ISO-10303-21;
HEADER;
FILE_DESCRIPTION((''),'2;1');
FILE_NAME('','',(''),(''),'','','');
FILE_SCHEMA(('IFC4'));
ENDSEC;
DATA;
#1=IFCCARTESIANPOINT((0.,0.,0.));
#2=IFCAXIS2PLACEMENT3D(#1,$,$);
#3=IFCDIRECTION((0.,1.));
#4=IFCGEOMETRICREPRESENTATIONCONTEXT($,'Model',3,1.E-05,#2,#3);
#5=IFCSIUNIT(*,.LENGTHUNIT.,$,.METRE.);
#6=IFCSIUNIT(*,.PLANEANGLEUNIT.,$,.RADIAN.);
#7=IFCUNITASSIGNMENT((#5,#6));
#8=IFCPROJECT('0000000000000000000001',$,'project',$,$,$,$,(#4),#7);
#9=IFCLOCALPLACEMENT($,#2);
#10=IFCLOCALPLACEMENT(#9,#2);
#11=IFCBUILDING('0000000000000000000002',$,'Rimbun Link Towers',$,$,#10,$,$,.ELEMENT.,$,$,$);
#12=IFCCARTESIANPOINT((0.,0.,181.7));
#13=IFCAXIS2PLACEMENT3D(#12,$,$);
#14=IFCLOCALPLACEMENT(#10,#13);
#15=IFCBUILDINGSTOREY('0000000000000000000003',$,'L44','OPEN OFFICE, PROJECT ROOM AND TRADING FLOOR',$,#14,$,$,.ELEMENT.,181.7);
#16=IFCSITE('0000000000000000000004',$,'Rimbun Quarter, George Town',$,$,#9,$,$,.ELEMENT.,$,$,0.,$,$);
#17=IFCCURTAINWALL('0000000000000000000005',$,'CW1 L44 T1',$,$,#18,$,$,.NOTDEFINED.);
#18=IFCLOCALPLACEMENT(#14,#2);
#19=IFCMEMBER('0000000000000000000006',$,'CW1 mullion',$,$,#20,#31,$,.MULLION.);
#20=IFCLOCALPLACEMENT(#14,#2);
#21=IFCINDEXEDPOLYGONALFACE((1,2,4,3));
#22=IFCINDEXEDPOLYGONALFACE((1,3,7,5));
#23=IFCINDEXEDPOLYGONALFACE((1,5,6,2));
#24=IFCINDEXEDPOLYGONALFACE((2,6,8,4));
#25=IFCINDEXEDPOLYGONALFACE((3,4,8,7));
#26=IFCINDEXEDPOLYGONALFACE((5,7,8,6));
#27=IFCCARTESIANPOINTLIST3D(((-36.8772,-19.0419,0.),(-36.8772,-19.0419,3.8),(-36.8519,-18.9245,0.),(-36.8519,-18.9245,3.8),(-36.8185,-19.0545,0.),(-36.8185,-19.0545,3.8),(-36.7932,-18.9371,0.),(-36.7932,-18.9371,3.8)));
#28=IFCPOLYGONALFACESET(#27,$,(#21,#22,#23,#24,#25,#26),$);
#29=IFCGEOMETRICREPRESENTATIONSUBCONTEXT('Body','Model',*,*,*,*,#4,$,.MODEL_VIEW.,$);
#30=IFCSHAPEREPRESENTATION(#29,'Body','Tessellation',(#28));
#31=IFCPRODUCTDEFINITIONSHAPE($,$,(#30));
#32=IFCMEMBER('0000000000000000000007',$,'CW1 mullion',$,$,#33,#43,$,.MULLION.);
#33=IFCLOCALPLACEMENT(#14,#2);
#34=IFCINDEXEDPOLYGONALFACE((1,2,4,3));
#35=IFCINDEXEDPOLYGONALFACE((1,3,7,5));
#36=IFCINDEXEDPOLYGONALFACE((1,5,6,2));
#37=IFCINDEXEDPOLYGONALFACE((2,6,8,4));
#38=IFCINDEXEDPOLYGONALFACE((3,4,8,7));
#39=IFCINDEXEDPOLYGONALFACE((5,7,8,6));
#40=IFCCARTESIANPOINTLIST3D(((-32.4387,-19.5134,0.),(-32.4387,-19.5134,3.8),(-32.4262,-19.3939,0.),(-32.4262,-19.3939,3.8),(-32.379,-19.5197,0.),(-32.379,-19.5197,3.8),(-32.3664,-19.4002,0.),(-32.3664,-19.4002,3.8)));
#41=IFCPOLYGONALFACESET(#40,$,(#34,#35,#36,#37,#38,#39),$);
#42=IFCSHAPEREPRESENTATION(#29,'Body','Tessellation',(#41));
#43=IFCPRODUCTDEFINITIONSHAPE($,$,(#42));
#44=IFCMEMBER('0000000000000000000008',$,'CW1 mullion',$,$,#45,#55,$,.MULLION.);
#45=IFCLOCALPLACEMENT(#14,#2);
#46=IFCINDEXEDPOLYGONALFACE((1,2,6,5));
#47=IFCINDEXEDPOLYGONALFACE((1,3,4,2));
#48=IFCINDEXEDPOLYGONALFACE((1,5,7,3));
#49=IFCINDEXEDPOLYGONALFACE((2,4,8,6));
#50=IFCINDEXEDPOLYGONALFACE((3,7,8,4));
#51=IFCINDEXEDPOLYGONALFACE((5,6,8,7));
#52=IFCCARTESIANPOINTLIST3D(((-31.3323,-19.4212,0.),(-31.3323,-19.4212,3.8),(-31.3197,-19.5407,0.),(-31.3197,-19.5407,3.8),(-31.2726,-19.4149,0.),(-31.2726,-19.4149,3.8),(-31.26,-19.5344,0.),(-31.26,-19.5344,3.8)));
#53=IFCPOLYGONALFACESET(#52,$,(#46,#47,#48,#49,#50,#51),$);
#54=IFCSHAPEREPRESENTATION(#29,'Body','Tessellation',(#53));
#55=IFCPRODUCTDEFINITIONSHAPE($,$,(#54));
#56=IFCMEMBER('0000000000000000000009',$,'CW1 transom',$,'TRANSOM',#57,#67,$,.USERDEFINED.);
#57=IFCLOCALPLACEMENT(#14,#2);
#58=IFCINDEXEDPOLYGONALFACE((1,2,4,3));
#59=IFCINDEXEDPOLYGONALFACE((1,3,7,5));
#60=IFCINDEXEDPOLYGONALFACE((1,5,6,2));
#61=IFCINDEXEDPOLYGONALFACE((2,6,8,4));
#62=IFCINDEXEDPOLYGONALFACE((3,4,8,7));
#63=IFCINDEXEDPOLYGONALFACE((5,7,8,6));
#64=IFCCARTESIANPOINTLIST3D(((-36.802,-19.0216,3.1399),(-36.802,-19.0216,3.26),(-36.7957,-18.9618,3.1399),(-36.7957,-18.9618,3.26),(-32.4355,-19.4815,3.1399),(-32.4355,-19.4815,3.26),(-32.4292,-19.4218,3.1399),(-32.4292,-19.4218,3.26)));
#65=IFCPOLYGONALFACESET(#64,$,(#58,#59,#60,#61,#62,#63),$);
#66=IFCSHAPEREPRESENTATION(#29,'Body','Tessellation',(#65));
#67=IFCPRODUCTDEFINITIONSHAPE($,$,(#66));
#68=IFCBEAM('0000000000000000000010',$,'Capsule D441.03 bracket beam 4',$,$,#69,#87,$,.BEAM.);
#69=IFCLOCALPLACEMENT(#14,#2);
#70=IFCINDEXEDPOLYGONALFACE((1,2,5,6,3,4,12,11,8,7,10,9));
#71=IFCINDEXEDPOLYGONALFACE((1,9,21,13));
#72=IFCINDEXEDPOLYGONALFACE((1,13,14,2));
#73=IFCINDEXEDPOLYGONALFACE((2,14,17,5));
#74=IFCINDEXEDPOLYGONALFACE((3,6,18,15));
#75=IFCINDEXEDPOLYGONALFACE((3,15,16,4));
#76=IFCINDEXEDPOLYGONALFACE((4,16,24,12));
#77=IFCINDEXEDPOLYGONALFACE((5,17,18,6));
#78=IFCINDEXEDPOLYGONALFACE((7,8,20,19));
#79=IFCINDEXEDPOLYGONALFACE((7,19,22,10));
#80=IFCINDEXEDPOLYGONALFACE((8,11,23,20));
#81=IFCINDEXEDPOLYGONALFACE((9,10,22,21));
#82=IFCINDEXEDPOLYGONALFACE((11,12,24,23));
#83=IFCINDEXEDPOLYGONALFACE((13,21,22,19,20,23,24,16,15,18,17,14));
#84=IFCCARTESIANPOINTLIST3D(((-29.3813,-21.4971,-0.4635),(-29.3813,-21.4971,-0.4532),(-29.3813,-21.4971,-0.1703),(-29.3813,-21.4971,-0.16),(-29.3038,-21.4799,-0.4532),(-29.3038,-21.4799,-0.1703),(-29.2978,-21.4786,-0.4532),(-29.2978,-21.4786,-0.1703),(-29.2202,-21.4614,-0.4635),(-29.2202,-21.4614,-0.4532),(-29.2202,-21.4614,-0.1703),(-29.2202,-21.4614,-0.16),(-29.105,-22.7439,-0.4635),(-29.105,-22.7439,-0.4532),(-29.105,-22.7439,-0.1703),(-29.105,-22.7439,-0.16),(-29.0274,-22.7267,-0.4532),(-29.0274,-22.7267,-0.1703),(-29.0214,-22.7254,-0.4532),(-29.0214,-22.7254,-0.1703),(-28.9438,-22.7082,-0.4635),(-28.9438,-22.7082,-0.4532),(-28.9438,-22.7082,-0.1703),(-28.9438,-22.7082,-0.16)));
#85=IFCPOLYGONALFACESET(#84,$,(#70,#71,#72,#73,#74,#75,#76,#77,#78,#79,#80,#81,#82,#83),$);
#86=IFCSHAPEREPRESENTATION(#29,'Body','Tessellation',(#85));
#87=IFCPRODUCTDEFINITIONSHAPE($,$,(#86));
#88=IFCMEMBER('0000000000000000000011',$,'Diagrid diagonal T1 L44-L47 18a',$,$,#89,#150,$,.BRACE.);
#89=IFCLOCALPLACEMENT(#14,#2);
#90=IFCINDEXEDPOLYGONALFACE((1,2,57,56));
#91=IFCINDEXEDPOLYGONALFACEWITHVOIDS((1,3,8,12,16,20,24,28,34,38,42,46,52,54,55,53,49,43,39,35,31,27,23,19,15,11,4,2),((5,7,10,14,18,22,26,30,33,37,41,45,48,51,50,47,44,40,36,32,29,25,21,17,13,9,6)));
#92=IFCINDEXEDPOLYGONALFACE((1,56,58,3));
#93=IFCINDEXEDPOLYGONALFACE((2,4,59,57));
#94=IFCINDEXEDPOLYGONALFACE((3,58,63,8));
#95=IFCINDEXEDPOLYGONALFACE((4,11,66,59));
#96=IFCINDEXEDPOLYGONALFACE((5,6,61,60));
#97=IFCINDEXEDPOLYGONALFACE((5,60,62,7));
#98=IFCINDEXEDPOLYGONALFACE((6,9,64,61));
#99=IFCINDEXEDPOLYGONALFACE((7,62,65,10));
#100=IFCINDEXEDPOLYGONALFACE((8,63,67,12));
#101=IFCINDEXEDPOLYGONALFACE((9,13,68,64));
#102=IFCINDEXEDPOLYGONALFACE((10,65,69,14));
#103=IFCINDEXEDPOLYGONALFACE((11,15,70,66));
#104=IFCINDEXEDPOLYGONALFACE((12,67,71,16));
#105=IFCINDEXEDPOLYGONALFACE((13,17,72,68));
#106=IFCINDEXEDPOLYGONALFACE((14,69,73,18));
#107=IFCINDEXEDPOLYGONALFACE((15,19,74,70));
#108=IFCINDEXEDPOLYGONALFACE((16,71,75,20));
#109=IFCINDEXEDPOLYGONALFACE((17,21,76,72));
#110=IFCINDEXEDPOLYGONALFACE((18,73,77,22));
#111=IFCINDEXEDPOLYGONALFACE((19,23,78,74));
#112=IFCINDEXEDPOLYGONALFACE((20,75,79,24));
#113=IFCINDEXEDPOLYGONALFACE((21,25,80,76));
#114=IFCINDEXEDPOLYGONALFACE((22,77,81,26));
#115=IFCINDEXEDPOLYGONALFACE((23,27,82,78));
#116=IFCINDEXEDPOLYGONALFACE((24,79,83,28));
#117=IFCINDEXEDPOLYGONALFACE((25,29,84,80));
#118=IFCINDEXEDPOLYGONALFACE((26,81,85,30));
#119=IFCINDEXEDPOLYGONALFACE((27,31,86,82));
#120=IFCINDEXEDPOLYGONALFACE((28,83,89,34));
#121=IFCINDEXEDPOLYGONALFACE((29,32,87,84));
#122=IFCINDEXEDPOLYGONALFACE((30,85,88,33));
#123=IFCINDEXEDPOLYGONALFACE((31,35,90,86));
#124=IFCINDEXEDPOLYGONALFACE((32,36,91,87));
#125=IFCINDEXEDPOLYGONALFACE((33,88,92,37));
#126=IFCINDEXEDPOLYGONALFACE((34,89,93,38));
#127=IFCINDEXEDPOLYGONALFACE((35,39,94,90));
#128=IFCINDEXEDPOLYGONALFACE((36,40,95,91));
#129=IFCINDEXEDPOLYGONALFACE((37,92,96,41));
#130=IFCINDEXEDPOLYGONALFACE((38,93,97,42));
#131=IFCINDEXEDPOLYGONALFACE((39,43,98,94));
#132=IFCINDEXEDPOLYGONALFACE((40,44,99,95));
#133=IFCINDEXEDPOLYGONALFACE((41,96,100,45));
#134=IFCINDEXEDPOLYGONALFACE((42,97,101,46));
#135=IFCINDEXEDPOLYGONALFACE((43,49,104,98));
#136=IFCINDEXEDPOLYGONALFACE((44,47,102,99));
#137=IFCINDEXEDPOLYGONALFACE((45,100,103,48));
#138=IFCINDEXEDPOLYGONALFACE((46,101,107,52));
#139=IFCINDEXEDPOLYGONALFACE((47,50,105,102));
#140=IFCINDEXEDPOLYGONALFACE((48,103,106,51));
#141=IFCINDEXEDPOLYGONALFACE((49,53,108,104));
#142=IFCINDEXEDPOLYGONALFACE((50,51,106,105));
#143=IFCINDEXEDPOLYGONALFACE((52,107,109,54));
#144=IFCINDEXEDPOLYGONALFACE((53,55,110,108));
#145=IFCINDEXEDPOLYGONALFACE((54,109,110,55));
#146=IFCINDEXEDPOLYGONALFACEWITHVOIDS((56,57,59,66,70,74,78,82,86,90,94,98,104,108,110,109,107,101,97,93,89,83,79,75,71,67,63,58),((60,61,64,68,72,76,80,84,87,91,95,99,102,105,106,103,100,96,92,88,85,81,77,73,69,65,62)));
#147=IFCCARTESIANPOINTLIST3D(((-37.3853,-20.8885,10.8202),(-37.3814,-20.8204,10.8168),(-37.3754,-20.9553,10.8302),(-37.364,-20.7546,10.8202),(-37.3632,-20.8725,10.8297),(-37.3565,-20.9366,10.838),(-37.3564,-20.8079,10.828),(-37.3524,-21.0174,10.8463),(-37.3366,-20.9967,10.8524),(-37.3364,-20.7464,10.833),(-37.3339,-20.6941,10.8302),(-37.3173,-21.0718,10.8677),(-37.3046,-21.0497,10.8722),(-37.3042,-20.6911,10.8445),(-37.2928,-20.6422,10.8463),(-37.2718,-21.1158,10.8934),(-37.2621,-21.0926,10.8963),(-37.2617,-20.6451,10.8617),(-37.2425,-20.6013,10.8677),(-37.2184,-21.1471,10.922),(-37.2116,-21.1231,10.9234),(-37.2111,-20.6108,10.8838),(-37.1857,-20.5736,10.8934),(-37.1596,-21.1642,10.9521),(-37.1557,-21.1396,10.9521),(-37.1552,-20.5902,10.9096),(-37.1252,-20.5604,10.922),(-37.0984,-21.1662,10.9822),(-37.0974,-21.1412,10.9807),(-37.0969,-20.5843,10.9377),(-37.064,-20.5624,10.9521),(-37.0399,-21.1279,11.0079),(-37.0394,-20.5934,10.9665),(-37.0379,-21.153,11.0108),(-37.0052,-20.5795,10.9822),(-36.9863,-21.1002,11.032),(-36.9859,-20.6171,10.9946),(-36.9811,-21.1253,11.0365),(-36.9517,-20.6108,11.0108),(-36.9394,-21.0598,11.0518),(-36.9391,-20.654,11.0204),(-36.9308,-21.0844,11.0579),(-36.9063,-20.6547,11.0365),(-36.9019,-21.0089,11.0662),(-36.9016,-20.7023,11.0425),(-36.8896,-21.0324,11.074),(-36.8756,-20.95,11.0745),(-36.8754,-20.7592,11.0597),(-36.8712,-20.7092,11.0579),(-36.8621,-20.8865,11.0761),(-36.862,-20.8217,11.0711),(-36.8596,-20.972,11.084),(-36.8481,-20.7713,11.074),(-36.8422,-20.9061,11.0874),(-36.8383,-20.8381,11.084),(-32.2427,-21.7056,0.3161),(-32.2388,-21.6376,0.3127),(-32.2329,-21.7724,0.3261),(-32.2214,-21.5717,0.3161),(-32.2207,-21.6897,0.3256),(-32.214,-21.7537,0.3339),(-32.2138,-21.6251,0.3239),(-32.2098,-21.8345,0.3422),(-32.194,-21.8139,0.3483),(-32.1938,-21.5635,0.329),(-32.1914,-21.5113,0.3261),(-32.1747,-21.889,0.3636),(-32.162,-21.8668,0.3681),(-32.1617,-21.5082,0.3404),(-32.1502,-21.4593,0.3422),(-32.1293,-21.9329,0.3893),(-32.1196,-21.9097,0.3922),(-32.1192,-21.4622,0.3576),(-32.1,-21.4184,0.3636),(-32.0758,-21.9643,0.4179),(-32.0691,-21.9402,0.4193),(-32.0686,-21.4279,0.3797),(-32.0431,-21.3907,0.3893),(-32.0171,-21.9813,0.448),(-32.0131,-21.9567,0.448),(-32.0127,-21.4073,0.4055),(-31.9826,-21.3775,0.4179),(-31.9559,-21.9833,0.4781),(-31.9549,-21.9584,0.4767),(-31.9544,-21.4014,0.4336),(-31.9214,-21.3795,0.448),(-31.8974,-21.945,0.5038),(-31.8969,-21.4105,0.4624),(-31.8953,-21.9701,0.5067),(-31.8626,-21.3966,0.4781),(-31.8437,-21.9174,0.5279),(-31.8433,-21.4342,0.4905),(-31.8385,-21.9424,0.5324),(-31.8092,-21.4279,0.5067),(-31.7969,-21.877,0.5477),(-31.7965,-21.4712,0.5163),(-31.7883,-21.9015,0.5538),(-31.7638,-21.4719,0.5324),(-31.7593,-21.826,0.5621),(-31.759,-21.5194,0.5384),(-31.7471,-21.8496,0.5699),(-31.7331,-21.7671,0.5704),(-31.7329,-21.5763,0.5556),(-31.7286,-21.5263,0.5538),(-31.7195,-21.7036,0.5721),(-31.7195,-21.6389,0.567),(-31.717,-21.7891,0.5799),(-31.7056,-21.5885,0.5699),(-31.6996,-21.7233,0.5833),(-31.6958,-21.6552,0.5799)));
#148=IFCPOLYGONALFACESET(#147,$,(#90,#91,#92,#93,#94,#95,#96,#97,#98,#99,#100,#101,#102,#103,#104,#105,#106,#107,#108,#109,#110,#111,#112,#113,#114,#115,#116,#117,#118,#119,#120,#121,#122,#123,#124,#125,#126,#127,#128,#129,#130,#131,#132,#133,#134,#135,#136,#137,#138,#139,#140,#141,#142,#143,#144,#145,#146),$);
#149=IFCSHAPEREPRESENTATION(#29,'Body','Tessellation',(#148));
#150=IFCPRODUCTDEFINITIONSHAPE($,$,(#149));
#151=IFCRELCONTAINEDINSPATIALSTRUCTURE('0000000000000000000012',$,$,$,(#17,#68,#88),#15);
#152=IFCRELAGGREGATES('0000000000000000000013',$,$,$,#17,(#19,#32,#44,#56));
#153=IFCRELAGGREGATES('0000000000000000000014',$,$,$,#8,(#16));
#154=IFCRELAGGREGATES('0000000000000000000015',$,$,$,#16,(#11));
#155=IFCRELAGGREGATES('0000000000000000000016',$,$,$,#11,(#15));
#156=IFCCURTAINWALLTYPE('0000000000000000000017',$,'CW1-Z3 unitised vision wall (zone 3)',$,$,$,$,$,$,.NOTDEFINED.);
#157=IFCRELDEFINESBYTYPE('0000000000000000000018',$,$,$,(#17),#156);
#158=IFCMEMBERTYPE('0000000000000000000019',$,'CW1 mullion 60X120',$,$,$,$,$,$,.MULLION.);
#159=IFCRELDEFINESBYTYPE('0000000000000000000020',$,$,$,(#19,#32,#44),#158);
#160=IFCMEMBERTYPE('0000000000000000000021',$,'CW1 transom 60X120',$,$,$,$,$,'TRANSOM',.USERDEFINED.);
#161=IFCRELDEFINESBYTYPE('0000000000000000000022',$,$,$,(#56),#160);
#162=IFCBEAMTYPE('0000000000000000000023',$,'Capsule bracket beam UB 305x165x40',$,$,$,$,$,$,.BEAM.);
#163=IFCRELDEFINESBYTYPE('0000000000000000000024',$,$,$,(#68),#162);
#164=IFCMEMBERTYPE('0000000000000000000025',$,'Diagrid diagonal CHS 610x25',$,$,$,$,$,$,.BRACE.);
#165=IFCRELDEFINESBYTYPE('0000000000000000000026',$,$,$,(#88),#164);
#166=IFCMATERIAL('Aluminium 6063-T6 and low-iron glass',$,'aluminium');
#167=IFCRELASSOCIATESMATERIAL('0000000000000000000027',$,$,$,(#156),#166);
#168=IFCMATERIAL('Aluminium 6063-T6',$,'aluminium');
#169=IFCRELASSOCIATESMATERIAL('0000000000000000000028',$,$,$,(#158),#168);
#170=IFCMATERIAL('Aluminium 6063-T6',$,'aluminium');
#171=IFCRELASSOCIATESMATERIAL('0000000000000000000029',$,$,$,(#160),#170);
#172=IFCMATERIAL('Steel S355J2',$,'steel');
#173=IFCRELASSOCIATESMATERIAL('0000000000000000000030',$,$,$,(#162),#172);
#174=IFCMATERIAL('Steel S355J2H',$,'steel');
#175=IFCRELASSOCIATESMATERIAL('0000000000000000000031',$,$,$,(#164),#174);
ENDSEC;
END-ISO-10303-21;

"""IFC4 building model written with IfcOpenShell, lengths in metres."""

from ifc_helpers import new_model, si_unit, direction, frame, origin, origin_2d, place, context, subcontext, project, spatial, rectangle, hollow_circle, i_section, extrude, material, material_profile, profile_set, type_object, element, aggregate, save


model = new_model("IFC4")

# Units and contexts
model_context = context("Model", 3, precision=1e-05, world=origin(), true_north=direction((0.0, 1.0)))
body_context = subcontext(model_context, "Body", "Model", "MODEL_VIEW")
ifc_project = project(units=[si_unit("LENGTHUNIT", "METRE"), si_unit("PLANEANGLEUNIT", "RADIAN")], contexts=[model_context])

# Site, building, storey
site_placement = place(None, origin())
site = spatial("IfcSite", under=ifc_project, at=site_placement, Name="Rimbun Quarter, George Town", CompositionType="ELEMENT", RefElevation=0.0)
building_placement = place(site_placement, origin())
building = spatial("IfcBuilding", under=site, at=building_placement, Name="Rimbun Link Towers", CompositionType="ELEMENT")
storey_placement = place(building_placement, frame((0.0, 0.0, 181.7)))
storey = spatial("IfcBuildingStorey", under=building, at=storey_placement, Name="L44", Description="OPEN OFFICE, PROJECT ROOM AND TRADING FLOOR", CompositionType="ELEMENT", Elevation=181.7)

# Curtain wall, members
ifc_material_1 = material(Name="Aluminium 6063-T6 and low-iron glass", Category="aluminium")
curtain_wall_type = type_object("IfcCurtainWallType", Name="CW1-Z3 unitised vision wall (zone 3)", PredefinedType="NOTDEFINED", material=ifc_material_1)
curtain_wall_placement = place(storey_placement, origin())
curtain_wall = element("IfcCurtainWall", 1, at=curtain_wall_placement, inside=storey, type_object=curtain_wall_type, Name="CW1 L44 T1", PredefinedType="NOTDEFINED")
ifc_material_2 = material(Name="Aluminium 6063-T6", Category="aluminium")
ifc_material_profile_1 = material_profile(ifc_material_2, rectangle(XDim=0.1201, YDim=0.0601, at=origin_2d()), Name="MULLION 60X120")
ifc_profile_set_1 = profile_set([ifc_material_profile_1], Name="Aluminium 6063-T6")
member_type_1 = type_object("IfcMemberType", Name="CW1 mullion 60X120", PredefinedType="MULLION", material=ifc_profile_set_1)
member_1_placement = place(storey_placement, frame((-36.8352, -18.9895, 0.0), z_axis=(0.0, 0.0, 1.0), x_axis=(-0.210877, -0.977513, 0.0)))
member_1 = element("IfcMember", 2, at=member_1_placement, type_object=member_type_1, Name="CW1 mullion", PredefinedType="MULLION", context=body_context, shape_type="SweptSolid", body=[
    extrude(rectangle(XDim=0.1201, YDim=0.0601, at=origin_2d()), origin(), (0.0, 0.0, 1.0), 3.8),
])
member_2_placement = place(storey_placement, frame((-32.4026, -19.4568, 0.0), z_axis=(0.0, 0.0, 1.0), x_axis=(-0.104753, -0.994498, 0.0)))
member_2 = element("IfcMember", 3, at=member_2_placement, type_object=member_type_1, Name="CW1 mullion", PredefinedType="MULLION", context=body_context, shape_type="SweptSolid", body=[
    extrude(rectangle(XDim=0.1201, YDim=0.0601, at=origin_2d()), origin(), (0.0, 0.0, 1.0), 3.8),
])
member_3_placement = place(storey_placement, frame((-31.2961, -19.4778, 0.0), z_axis=(0.0, 0.0, 1.0), x_axis=(0.104753, -0.994498, 0.0)))
member_3 = element("IfcMember", 4, at=member_3_placement, type_object=member_type_1, Name="CW1 mullion", PredefinedType="MULLION", context=body_context, shape_type="SweptSolid", body=[
    extrude(rectangle(XDim=0.1201, YDim=0.0601, at=origin_2d()), origin(), (0.0, 0.0, 1.0), 3.8),
])
ifc_material_3 = material(Name="Aluminium 6063-T6", Category="aluminium")
ifc_material_profile_2 = material_profile(ifc_material_3, rectangle(XDim=0.0601, YDim=0.1201, at=origin_2d()), Name="TRANSOM 60X120")
ifc_profile_set_2 = profile_set([ifc_material_profile_2], Name="Aluminium 6063-T6")
member_type_2 = type_object("IfcMemberType", Name="CW1 transom 60X120", ElementType="TRANSOM", PredefinedType="USERDEFINED", material=ifc_profile_set_2)
member_4_placement = place(storey_placement, frame((-32.4324, -19.4517, 3.2), z_axis=(-0.994498, 0.10476, 0.0), x_axis=(-0.10476, -0.994498, 0.0)))
member_4 = element("IfcMember", 5, at=member_4_placement, type_object=member_type_2, Name="CW1 transom", ObjectType="TRANSOM", PredefinedType="USERDEFINED", context=body_context, shape_type="SweptSolid", body=[
    extrude(rectangle(XDim=0.0601, YDim=0.1201, at=origin_2d()), origin(), (0.0, 0.0, 1.0), 4.3906),
])

# Beam
ifc_material_4 = material(Name="Steel S355J2", Category="steel")
ifc_material_profile_3 = material_profile(ifc_material_4, i_section(OverallWidth=0.165, OverallDepth=0.3035, WebThickness=0.0061, FlangeThickness=0.0103, at=origin_2d()), Name="UB 305x165x40")
ifc_profile_set_3 = profile_set([ifc_material_profile_3], Name="Steel S355J2")
beam_type_1 = type_object("IfcBeamType", Name="Capsule bracket beam UB 305x165x40", PredefinedType="BEAM", material=ifc_profile_set_3)
beam_1_placement = place(storey_placement, frame((-29.3008, -21.4792, -0.3118), z_axis=(0.216404, -0.976304, 0.0), x_axis=(0.976304, 0.216404, 0.0)))
element("IfcBeam", 6, at=beam_1_placement, inside=storey, type_object=beam_type_1, Name="Capsule D441.03 bracket beam 4", PredefinedType="BEAM", context=body_context, shape_type="SweptSolid", body=[
    extrude(i_section(OverallWidth=0.165, OverallDepth=0.3035, WebThickness=0.0061, FlangeThickness=0.0103, at=origin_2d()), origin(), (0.0, 0.0, 1.0), 1.2771),
])

# Member
ifc_material_5 = material(Name="Steel S355J2H", Category="steel")
ifc_material_profile_4 = material_profile(ifc_material_5, hollow_circle(Radius=0.3047, WallThickness=0.0249, at=origin_2d()), Name="Diagrid diagonal CHS 610x25")
ifc_profile_set_4 = profile_set([ifc_material_profile_4], Name="Steel S355J2H")
member_type_3 = type_object("IfcMemberType", Name="Diagrid diagonal CHS 610x25", PredefinedType="BRACE", material=ifc_profile_set_4)
for number, where, z_axis, x_axis, name in (
    (7, (-31.9692, -21.6804, 0.448), (-0.438639, 0.069698, 0.895957), (-0.156928, -0.98761, 0.0), "Diagrid diagonal T1 L44-L47 18a"),
):
    element("IfcMember", number, at=place(storey_placement, frame(where, z_axis=z_axis, x_axis=x_axis)), inside=storey, type_object=member_type_3, Name=name, PredefinedType="BRACE", context=body_context, shape_type="SweptSolid", body=[
        extrude(hollow_circle(Radius=0.3047, WallThickness=0.0249, at=origin_2d()), origin(), (0.0, 0.0, 1.0), 11.7239),
    ])

aggregate(curtain_wall, [member_1, member_2, member_3, member_4])

save(model, "model.ifc")
